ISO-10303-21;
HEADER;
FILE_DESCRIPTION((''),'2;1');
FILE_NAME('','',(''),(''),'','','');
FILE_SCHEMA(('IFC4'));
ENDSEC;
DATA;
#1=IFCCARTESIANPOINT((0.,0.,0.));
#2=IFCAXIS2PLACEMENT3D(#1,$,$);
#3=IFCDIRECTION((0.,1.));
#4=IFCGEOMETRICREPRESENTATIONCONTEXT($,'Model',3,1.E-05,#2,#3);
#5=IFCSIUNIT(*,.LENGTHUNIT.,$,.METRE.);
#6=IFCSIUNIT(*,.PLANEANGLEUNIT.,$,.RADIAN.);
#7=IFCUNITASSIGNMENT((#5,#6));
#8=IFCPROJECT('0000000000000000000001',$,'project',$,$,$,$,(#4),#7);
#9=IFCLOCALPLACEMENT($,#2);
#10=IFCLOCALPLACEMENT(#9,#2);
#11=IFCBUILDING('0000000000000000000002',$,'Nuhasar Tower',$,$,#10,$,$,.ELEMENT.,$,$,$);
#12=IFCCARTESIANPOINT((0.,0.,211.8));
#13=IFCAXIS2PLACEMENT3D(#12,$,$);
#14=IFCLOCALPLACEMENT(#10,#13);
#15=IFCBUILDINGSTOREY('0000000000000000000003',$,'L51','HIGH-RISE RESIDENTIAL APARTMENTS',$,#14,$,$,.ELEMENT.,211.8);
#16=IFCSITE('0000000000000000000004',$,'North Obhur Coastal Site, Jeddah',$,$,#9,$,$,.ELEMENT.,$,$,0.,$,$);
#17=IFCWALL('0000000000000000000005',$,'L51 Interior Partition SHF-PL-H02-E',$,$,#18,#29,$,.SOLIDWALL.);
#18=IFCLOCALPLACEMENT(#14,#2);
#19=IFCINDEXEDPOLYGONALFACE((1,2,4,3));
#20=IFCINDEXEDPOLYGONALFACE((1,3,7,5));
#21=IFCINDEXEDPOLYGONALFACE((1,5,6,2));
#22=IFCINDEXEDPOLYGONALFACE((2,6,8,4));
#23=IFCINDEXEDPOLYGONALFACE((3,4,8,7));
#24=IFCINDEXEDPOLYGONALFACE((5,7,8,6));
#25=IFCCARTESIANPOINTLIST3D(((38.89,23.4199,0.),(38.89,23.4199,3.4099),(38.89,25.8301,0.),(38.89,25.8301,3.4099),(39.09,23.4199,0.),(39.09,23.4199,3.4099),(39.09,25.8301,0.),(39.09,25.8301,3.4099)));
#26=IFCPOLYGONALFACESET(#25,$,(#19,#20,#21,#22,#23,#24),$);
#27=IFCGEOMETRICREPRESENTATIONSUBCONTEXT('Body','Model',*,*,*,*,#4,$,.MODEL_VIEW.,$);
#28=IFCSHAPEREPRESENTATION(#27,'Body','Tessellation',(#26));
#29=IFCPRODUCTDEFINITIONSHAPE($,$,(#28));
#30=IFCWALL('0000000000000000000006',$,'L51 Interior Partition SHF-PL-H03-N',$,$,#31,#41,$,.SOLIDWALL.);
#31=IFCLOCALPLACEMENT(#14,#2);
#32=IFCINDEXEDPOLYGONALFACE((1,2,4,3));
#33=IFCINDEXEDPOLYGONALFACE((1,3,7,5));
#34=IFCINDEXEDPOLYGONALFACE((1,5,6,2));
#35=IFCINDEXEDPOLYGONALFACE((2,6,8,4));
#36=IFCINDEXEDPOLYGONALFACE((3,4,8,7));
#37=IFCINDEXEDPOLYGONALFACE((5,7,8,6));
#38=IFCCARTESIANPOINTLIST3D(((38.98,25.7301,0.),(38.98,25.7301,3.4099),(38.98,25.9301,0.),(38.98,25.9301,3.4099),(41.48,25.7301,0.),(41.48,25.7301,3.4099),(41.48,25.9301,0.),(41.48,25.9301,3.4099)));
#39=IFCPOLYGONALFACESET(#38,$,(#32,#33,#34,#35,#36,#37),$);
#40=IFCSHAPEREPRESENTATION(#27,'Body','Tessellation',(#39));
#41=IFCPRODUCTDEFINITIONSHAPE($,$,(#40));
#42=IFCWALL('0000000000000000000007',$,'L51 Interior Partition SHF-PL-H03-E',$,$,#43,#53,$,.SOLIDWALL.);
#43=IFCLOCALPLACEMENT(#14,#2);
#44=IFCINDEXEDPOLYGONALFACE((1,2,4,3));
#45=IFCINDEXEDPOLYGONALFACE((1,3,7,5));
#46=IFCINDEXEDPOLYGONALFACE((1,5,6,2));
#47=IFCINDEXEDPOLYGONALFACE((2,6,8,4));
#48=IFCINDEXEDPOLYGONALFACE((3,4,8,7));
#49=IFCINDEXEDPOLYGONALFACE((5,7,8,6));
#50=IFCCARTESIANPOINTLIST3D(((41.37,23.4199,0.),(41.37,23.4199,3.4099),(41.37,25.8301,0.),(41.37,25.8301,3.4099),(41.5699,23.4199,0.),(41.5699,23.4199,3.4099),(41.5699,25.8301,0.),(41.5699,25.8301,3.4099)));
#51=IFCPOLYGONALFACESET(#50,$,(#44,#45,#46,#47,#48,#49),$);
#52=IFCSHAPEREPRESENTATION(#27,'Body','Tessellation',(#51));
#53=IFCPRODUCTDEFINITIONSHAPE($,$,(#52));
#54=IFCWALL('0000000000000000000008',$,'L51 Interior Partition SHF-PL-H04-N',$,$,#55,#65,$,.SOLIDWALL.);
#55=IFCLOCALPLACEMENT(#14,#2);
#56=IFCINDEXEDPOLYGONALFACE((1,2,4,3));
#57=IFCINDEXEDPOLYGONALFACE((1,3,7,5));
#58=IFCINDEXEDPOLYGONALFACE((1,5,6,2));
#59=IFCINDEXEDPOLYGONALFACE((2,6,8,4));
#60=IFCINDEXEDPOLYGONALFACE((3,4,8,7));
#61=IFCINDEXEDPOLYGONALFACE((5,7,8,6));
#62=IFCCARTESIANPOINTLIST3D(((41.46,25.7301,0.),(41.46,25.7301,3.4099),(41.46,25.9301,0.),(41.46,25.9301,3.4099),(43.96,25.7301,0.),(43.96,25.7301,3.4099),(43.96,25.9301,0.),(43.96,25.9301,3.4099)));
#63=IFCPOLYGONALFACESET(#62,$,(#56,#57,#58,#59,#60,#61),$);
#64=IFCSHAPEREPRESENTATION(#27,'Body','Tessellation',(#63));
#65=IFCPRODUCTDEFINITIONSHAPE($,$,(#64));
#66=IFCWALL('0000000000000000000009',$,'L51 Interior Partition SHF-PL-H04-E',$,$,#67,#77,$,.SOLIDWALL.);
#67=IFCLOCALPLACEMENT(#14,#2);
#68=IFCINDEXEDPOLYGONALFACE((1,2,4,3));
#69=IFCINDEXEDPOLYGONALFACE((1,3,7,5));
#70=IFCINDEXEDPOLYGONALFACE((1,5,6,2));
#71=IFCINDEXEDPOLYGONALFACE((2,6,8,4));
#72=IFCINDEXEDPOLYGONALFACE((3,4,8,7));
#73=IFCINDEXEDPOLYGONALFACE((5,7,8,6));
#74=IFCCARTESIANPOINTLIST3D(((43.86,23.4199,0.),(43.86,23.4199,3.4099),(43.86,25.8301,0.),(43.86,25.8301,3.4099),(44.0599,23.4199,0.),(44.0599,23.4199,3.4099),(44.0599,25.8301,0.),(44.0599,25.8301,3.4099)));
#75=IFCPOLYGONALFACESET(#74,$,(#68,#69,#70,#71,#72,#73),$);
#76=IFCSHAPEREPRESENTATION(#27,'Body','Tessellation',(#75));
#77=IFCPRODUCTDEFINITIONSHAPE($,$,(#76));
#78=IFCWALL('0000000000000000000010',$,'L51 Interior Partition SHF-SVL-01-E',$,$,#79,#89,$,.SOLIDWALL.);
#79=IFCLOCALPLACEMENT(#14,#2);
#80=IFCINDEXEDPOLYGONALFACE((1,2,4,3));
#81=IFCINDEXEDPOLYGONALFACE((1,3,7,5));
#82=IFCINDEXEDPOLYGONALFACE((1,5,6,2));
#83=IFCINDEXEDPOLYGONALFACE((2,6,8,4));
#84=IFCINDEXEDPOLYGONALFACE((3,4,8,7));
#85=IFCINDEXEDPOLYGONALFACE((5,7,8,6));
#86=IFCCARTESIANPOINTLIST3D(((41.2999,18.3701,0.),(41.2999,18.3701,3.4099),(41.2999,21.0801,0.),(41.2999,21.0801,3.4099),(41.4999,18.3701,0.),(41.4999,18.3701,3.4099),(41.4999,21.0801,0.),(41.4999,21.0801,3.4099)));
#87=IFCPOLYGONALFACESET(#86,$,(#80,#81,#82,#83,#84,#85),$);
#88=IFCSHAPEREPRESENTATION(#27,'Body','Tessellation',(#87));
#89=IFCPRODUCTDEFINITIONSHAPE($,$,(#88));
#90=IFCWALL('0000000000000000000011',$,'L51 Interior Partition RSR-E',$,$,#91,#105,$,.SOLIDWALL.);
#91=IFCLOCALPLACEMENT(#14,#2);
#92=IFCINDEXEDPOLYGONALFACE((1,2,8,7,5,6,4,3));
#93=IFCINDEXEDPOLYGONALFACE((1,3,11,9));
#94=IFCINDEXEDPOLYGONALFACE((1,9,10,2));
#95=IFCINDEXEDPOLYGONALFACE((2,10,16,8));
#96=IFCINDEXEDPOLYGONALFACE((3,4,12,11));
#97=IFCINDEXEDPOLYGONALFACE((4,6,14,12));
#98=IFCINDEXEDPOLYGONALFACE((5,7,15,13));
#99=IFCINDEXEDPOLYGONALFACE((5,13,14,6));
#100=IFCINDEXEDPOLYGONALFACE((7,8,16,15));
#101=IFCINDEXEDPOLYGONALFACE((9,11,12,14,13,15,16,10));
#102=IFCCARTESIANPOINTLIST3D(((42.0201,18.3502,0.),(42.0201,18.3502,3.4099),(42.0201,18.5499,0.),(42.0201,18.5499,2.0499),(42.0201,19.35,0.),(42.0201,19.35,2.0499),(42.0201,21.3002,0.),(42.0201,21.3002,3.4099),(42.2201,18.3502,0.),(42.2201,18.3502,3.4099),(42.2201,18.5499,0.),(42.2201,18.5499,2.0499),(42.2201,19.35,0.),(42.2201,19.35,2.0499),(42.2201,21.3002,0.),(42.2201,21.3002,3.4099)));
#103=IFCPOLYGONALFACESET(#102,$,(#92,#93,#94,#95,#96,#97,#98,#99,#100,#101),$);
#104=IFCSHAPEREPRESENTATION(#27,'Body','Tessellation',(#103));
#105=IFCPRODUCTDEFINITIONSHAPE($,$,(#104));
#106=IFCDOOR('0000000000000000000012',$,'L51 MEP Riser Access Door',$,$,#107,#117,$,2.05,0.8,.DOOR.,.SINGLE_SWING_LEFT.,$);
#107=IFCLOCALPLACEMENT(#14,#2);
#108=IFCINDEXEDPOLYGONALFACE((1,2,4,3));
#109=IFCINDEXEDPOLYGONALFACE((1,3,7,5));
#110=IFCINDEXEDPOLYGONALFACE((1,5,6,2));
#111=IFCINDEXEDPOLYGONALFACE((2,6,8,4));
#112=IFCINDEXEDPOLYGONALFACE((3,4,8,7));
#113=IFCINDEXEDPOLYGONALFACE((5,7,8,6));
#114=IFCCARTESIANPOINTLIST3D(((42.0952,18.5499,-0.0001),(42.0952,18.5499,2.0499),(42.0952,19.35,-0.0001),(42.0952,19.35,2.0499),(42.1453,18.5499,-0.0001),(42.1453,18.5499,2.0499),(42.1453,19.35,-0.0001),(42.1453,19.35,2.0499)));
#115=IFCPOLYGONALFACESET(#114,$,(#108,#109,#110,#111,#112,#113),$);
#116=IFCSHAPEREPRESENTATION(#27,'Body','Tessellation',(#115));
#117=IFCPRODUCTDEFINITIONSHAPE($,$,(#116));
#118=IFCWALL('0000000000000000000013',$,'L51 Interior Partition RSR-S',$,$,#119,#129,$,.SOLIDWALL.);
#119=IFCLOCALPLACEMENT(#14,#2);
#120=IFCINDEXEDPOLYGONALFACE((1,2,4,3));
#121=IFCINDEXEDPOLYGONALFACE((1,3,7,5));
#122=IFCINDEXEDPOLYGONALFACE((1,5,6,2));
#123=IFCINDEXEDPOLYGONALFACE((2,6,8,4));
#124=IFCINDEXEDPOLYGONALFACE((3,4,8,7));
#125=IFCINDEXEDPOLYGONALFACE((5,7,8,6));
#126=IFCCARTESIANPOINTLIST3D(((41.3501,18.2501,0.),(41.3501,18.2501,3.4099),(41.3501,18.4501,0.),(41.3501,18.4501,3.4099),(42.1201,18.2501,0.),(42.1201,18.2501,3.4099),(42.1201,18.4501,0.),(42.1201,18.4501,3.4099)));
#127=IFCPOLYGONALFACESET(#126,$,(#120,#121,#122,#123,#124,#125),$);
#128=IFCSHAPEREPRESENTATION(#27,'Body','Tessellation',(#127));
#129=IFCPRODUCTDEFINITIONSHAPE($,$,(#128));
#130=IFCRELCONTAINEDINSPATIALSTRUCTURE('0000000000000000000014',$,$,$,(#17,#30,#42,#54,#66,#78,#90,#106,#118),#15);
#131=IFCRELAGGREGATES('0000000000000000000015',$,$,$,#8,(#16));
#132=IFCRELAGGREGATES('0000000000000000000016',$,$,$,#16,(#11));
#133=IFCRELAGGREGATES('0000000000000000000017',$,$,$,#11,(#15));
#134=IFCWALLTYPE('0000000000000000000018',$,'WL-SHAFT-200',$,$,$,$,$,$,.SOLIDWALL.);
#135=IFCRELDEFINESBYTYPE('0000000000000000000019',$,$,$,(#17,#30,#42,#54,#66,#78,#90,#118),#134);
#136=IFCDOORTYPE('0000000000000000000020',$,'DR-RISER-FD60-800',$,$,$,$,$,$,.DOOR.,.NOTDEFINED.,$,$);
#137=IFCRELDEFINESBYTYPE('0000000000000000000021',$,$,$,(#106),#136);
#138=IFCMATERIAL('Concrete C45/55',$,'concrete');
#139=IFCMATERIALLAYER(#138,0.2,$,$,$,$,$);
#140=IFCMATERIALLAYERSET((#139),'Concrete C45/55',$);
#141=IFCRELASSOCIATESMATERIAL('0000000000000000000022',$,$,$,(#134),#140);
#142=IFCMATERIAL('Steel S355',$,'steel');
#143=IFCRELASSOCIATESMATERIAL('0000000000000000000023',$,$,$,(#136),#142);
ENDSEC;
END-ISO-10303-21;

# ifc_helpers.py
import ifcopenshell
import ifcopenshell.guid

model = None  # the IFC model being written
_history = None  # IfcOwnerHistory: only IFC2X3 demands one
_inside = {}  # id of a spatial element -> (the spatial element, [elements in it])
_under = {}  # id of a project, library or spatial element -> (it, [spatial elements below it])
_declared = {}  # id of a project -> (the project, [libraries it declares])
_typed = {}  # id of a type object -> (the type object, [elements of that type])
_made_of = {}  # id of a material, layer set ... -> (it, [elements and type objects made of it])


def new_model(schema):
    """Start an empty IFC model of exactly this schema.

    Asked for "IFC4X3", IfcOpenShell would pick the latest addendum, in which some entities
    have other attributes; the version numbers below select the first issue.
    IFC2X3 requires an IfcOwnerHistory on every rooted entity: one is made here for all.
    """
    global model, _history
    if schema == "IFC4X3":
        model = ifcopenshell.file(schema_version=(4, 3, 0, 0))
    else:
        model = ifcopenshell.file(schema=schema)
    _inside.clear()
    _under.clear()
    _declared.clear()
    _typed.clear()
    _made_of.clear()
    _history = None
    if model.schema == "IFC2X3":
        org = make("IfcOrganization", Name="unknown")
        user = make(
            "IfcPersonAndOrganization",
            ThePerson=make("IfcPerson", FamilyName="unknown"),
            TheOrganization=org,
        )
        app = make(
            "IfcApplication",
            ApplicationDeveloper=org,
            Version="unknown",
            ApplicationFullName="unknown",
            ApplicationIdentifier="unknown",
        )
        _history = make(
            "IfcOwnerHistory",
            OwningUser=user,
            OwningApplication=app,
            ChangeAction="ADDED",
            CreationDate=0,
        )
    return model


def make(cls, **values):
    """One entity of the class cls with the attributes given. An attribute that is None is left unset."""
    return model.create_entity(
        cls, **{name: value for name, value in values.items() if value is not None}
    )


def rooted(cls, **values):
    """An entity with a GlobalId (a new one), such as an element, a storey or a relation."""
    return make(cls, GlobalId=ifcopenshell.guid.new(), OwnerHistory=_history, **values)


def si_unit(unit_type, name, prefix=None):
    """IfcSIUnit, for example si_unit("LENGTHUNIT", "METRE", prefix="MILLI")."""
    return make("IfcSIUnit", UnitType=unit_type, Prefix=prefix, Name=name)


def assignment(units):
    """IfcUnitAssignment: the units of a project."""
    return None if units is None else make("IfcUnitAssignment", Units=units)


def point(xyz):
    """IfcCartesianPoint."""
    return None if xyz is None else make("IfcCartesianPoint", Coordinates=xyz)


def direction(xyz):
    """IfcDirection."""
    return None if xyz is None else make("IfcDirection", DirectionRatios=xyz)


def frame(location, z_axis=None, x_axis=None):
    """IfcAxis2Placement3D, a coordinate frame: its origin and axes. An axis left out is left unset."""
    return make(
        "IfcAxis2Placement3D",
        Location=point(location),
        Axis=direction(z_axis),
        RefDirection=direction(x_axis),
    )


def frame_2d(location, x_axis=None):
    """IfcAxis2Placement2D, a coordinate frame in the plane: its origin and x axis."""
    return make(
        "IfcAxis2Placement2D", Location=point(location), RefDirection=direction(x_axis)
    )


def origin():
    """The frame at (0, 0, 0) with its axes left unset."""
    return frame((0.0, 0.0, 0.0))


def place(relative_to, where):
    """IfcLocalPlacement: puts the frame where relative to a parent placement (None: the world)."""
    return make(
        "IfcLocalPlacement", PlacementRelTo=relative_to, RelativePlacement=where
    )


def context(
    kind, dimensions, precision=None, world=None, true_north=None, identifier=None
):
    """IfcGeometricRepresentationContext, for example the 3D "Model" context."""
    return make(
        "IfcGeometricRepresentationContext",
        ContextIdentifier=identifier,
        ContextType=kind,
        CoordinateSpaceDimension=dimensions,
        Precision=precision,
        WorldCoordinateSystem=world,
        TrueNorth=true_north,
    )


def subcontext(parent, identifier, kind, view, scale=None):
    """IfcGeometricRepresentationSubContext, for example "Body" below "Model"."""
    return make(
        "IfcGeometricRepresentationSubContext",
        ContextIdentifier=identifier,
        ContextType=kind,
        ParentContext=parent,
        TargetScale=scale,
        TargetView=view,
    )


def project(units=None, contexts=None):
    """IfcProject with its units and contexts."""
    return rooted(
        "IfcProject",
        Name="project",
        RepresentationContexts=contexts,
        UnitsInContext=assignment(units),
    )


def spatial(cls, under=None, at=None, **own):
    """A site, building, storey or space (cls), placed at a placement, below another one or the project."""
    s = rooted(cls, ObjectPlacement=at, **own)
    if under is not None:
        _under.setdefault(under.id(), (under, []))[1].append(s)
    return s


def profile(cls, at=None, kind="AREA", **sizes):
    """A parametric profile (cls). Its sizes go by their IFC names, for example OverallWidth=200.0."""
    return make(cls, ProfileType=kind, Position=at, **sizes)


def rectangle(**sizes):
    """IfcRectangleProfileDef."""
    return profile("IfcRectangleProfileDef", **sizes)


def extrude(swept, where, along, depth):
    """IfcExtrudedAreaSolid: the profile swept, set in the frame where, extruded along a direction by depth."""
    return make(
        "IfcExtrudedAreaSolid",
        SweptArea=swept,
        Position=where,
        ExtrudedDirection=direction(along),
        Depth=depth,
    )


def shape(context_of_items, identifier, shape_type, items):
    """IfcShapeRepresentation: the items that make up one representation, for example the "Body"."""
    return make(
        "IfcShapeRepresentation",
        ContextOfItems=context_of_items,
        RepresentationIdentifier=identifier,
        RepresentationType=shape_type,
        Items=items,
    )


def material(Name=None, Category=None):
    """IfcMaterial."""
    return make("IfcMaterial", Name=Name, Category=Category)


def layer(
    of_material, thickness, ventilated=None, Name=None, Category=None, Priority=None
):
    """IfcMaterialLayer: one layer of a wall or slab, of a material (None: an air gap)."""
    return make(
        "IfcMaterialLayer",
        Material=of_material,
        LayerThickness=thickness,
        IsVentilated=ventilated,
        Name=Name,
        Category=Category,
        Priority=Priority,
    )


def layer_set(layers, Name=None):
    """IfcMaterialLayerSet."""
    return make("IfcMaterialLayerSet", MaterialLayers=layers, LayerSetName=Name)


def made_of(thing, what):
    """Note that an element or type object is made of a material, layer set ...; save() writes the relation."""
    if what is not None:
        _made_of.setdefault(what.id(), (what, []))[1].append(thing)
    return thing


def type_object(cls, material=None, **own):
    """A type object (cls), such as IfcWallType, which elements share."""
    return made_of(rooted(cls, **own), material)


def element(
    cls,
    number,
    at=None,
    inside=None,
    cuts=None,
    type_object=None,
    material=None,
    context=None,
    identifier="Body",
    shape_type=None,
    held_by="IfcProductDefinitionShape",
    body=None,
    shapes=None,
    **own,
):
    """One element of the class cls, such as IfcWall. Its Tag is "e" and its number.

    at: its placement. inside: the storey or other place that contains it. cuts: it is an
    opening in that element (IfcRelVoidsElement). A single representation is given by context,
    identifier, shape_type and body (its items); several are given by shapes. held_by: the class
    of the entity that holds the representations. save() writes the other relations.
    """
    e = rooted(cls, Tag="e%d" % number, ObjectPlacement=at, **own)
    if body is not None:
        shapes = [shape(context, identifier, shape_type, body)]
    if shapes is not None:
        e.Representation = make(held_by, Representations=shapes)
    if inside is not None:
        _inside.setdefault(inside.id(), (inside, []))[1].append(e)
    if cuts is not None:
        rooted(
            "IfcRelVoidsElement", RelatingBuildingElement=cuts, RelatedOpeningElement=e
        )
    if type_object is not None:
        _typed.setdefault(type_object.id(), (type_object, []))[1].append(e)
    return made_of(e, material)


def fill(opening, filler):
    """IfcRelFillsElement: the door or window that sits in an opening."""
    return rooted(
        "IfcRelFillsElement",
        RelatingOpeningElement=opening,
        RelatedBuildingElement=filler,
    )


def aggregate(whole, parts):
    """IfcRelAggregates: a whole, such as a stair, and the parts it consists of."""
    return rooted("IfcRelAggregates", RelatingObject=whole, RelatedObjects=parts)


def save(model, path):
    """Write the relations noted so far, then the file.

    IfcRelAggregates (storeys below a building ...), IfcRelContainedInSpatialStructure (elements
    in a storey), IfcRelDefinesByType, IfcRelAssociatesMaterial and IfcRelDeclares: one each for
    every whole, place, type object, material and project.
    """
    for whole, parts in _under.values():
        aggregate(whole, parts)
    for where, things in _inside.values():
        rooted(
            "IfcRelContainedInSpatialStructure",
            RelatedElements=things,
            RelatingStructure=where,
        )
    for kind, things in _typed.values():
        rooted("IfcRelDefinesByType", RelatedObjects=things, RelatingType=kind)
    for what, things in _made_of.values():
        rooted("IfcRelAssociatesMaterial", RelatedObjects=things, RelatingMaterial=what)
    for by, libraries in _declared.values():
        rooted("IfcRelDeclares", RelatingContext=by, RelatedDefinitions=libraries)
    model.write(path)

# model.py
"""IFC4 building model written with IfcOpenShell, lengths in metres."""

from ifc_helpers import new_model, si_unit, direction, frame, frame_2d, origin, place, context, subcontext, project, spatial, rectangle, extrude, material, layer, layer_set, type_object, element, fill, save


model = new_model("IFC4")

# Units and contexts
model_context = context("Model", 3, precision=1e-05, world=origin(), true_north=direction((0.0, 1.0)))
body_context = subcontext(model_context, "Body", "Model", "MODEL_VIEW")
ifc_project = project(units=[si_unit("LENGTHUNIT", "METRE"), si_unit("PLANEANGLEUNIT", "RADIAN")], contexts=[model_context])

# Site, building, storey
site_placement = place(None, origin())
site = spatial("IfcSite", under=ifc_project, at=site_placement, Name="North Obhur Coastal Site, Jeddah", CompositionType="ELEMENT", RefElevation=0.0)
building_placement = place(site_placement, origin())
building = spatial("IfcBuilding", under=site, at=building_placement, Name="Nuhasar Tower", CompositionType="ELEMENT")
storey_placement = place(building_placement, frame((0.0, 0.0, 211.8)))
storey = spatial("IfcBuildingStorey", under=building, at=storey_placement, Name="L51", Description="HIGH-RISE RESIDENTIAL APARTMENTS", CompositionType="ELEMENT", Elevation=211.8)

# Shared definitions
ifc_material_1 = material(Name="Steel S355", Category="steel")

# Shared definitions
ifc_material_2 = material(Name="Concrete C45/55", Category="concrete")

# Wall
ifc_layer_1 = layer(ifc_material_2, 0.2)
ifc_layer_set_1 = layer_set([ifc_layer_1], Name="Concrete C45/55")
wall_type_1 = type_object("IfcWallType", Name="WL-SHAFT-200", PredefinedType="SOLIDWALL", material=ifc_layer_set_1)
wall_1_placement = place(storey_placement, frame((38.99, 23.4199, 0.0), z_axis=(0.0, 0.0, 1.0), x_axis=(0.0, 1.0, 0.0)))
element("IfcWall", 1, at=wall_1_placement, inside=storey, type_object=wall_type_1, Name="L51 Interior Partition SHF-PL-H02-E", PredefinedType="SOLIDWALL", context=body_context, shape_type="SweptSolid", body=[
    extrude(rectangle(XDim=2.4102, YDim=0.2, at=frame_2d((1.2051, 0.0))), origin(), (0.0, 0.0, 1.0), 3.4099),
])

# Walls
wall_2_placement = place(storey_placement, frame((38.98, 25.8301, 0.0), z_axis=(0.0, 0.0, 1.0), x_axis=(1.0, 0.0, 0.0)))
element("IfcWall", 2, at=wall_2_placement, inside=storey, type_object=wall_type_1, Name="L51 Interior Partition SHF-PL-H03-N", PredefinedType="SOLIDWALL", context=body_context, shape_type="SweptSolid", body=[
    extrude(rectangle(XDim=2.5, YDim=0.2, at=frame_2d((1.25, 0.0))), origin(), (0.0, 0.0, 1.0), 3.4099),
])
wall_3_placement = place(storey_placement, frame((41.47, 23.4199, 0.0), z_axis=(0.0, 0.0, 1.0), x_axis=(0.0, 1.0, 0.0)))
element("IfcWall", 3, at=wall_3_placement, inside=storey, type_object=wall_type_1, Name="L51 Interior Partition SHF-PL-H03-E", PredefinedType="SOLIDWALL", context=body_context, shape_type="SweptSolid", body=[
    extrude(rectangle(XDim=2.4102, YDim=0.2, at=frame_2d((1.2051, 0.0))), origin(), (0.0, 0.0, 1.0), 3.4099),
])

# Walls
wall_4_placement = place(storey_placement, frame((41.46, 25.8301, 0.0), z_axis=(0.0, 0.0, 1.0), x_axis=(1.0, 0.0, 0.0)))
element("IfcWall", 4, at=wall_4_placement, inside=storey, type_object=wall_type_1, Name="L51 Interior Partition SHF-PL-H04-N", PredefinedType="SOLIDWALL", context=body_context, shape_type="SweptSolid", body=[
    extrude(rectangle(XDim=2.5, YDim=0.2, at=frame_2d((1.25, 0.0))), origin(), (0.0, 0.0, 1.0), 3.4099),
])
wall_5_placement = place(storey_placement, frame((43.96, 23.4199, 0.0), z_axis=(0.0, 0.0, 1.0), x_axis=(0.0, 1.0, 0.0)))
element("IfcWall", 5, at=wall_5_placement, inside=storey, type_object=wall_type_1, Name="L51 Interior Partition SHF-PL-H04-E", PredefinedType="SOLIDWALL", context=body_context, shape_type="SweptSolid", body=[
    extrude(rectangle(XDim=2.4102, YDim=0.2, at=frame_2d((1.2051, 0.0))), origin(), (0.0, 0.0, 1.0), 3.4099),
])
wall_6_placement = place(storey_placement, frame((41.3999, 18.3701, 0.0), z_axis=(0.0, 0.0, 1.0), x_axis=(0.0, 1.0, 0.0)))
element("IfcWall", 6, at=wall_6_placement, inside=storey, type_object=wall_type_1, Name="L51 Interior Partition SHF-SVL-01-E", PredefinedType="SOLIDWALL", context=body_context, shape_type="SweptSolid", body=[
    extrude(rectangle(XDim=2.71, YDim=0.2, at=frame_2d((1.355, 0.0))), origin(), (0.0, 0.0, 1.0), 3.4099),
])

# Wall, opening, door
wall_7_placement = place(storey_placement, frame((42.1201, 18.3501, 0.0), z_axis=(0.0, 0.0, 1.0), x_axis=(0.0, 1.0, 0.0)))
wall_7 = element("IfcWall", 7, at=wall_7_placement, inside=storey, type_object=wall_type_1, Name="L51 Interior Partition RSR-E", PredefinedType="SOLIDWALL", context=body_context, shape_type="SweptSolid", body=[
    extrude(rectangle(XDim=2.95, YDim=0.2, at=frame_2d((1.4751, 0.0))), origin(), (0.0, 0.0, 1.0), 3.4099),
])
opening_1_placement = place(wall_7_placement, frame((0.2, 0.0, 0.0)))
opening_1 = element("IfcOpeningElement", 8, at=opening_1_placement, cuts=wall_7, PredefinedType="OPENING", context=body_context, shape_type="SweptSolid", body=[
    extrude(rectangle(XDim=0.8, YDim=2.05, at=frame_2d((0.3999, 1.0249))), frame((0.0, 0.1099, 0.0), z_axis=(0.0, -1.0, 0.0), x_axis=(1.0, 0.0, 0.0)), (0.0, 0.0, 1.0), 0.22),
])
door_type_1 = type_object("IfcDoorType", Name="DR-RISER-FD60-800", OperationType="NOTDEFINED", PredefinedType="DOOR", material=ifc_material_1)
door_1_placement = place(opening_1_placement, origin())
door_1 = element("IfcDoor", 9, at=door_1_placement, inside=storey, type_object=door_type_1, Name="L51 MEP Riser Access Door", OperationType="SINGLE_SWING_LEFT", OverallHeight=2.05, OverallWidth=0.8, PredefinedType="DOOR", context=body_context, shape_type="SweptSolid", body=[
    extrude(rectangle(XDim=0.8, YDim=2.05, at=frame_2d((0.3999, 1.0249))), frame((0.0, 0.0249, 0.0), z_axis=(0.0, -1.0, 0.0), x_axis=(1.0, 0.0, 0.0)), (0.0, 0.0, 1.0), 0.05),
])
fill(opening_1, door_1)

# Wall
wall_8_placement = place(storey_placement, frame((41.3501, 18.3501, 0.0), z_axis=(0.0, 0.0, 1.0), x_axis=(1.0, 0.0, 0.0)))
element("IfcWall", 10, at=wall_8_placement, inside=storey, type_object=wall_type_1, Name="L51 Interior Partition RSR-S", PredefinedType="SOLIDWALL", context=body_context, shape_type="SweptSolid", body=[
    extrude(rectangle(XDim=0.77, YDim=0.2, at=frame_2d((0.385, 0.0))), origin(), (0.0, 0.0, 1.0), 3.4099),
])

save(model, "model.ifc")
